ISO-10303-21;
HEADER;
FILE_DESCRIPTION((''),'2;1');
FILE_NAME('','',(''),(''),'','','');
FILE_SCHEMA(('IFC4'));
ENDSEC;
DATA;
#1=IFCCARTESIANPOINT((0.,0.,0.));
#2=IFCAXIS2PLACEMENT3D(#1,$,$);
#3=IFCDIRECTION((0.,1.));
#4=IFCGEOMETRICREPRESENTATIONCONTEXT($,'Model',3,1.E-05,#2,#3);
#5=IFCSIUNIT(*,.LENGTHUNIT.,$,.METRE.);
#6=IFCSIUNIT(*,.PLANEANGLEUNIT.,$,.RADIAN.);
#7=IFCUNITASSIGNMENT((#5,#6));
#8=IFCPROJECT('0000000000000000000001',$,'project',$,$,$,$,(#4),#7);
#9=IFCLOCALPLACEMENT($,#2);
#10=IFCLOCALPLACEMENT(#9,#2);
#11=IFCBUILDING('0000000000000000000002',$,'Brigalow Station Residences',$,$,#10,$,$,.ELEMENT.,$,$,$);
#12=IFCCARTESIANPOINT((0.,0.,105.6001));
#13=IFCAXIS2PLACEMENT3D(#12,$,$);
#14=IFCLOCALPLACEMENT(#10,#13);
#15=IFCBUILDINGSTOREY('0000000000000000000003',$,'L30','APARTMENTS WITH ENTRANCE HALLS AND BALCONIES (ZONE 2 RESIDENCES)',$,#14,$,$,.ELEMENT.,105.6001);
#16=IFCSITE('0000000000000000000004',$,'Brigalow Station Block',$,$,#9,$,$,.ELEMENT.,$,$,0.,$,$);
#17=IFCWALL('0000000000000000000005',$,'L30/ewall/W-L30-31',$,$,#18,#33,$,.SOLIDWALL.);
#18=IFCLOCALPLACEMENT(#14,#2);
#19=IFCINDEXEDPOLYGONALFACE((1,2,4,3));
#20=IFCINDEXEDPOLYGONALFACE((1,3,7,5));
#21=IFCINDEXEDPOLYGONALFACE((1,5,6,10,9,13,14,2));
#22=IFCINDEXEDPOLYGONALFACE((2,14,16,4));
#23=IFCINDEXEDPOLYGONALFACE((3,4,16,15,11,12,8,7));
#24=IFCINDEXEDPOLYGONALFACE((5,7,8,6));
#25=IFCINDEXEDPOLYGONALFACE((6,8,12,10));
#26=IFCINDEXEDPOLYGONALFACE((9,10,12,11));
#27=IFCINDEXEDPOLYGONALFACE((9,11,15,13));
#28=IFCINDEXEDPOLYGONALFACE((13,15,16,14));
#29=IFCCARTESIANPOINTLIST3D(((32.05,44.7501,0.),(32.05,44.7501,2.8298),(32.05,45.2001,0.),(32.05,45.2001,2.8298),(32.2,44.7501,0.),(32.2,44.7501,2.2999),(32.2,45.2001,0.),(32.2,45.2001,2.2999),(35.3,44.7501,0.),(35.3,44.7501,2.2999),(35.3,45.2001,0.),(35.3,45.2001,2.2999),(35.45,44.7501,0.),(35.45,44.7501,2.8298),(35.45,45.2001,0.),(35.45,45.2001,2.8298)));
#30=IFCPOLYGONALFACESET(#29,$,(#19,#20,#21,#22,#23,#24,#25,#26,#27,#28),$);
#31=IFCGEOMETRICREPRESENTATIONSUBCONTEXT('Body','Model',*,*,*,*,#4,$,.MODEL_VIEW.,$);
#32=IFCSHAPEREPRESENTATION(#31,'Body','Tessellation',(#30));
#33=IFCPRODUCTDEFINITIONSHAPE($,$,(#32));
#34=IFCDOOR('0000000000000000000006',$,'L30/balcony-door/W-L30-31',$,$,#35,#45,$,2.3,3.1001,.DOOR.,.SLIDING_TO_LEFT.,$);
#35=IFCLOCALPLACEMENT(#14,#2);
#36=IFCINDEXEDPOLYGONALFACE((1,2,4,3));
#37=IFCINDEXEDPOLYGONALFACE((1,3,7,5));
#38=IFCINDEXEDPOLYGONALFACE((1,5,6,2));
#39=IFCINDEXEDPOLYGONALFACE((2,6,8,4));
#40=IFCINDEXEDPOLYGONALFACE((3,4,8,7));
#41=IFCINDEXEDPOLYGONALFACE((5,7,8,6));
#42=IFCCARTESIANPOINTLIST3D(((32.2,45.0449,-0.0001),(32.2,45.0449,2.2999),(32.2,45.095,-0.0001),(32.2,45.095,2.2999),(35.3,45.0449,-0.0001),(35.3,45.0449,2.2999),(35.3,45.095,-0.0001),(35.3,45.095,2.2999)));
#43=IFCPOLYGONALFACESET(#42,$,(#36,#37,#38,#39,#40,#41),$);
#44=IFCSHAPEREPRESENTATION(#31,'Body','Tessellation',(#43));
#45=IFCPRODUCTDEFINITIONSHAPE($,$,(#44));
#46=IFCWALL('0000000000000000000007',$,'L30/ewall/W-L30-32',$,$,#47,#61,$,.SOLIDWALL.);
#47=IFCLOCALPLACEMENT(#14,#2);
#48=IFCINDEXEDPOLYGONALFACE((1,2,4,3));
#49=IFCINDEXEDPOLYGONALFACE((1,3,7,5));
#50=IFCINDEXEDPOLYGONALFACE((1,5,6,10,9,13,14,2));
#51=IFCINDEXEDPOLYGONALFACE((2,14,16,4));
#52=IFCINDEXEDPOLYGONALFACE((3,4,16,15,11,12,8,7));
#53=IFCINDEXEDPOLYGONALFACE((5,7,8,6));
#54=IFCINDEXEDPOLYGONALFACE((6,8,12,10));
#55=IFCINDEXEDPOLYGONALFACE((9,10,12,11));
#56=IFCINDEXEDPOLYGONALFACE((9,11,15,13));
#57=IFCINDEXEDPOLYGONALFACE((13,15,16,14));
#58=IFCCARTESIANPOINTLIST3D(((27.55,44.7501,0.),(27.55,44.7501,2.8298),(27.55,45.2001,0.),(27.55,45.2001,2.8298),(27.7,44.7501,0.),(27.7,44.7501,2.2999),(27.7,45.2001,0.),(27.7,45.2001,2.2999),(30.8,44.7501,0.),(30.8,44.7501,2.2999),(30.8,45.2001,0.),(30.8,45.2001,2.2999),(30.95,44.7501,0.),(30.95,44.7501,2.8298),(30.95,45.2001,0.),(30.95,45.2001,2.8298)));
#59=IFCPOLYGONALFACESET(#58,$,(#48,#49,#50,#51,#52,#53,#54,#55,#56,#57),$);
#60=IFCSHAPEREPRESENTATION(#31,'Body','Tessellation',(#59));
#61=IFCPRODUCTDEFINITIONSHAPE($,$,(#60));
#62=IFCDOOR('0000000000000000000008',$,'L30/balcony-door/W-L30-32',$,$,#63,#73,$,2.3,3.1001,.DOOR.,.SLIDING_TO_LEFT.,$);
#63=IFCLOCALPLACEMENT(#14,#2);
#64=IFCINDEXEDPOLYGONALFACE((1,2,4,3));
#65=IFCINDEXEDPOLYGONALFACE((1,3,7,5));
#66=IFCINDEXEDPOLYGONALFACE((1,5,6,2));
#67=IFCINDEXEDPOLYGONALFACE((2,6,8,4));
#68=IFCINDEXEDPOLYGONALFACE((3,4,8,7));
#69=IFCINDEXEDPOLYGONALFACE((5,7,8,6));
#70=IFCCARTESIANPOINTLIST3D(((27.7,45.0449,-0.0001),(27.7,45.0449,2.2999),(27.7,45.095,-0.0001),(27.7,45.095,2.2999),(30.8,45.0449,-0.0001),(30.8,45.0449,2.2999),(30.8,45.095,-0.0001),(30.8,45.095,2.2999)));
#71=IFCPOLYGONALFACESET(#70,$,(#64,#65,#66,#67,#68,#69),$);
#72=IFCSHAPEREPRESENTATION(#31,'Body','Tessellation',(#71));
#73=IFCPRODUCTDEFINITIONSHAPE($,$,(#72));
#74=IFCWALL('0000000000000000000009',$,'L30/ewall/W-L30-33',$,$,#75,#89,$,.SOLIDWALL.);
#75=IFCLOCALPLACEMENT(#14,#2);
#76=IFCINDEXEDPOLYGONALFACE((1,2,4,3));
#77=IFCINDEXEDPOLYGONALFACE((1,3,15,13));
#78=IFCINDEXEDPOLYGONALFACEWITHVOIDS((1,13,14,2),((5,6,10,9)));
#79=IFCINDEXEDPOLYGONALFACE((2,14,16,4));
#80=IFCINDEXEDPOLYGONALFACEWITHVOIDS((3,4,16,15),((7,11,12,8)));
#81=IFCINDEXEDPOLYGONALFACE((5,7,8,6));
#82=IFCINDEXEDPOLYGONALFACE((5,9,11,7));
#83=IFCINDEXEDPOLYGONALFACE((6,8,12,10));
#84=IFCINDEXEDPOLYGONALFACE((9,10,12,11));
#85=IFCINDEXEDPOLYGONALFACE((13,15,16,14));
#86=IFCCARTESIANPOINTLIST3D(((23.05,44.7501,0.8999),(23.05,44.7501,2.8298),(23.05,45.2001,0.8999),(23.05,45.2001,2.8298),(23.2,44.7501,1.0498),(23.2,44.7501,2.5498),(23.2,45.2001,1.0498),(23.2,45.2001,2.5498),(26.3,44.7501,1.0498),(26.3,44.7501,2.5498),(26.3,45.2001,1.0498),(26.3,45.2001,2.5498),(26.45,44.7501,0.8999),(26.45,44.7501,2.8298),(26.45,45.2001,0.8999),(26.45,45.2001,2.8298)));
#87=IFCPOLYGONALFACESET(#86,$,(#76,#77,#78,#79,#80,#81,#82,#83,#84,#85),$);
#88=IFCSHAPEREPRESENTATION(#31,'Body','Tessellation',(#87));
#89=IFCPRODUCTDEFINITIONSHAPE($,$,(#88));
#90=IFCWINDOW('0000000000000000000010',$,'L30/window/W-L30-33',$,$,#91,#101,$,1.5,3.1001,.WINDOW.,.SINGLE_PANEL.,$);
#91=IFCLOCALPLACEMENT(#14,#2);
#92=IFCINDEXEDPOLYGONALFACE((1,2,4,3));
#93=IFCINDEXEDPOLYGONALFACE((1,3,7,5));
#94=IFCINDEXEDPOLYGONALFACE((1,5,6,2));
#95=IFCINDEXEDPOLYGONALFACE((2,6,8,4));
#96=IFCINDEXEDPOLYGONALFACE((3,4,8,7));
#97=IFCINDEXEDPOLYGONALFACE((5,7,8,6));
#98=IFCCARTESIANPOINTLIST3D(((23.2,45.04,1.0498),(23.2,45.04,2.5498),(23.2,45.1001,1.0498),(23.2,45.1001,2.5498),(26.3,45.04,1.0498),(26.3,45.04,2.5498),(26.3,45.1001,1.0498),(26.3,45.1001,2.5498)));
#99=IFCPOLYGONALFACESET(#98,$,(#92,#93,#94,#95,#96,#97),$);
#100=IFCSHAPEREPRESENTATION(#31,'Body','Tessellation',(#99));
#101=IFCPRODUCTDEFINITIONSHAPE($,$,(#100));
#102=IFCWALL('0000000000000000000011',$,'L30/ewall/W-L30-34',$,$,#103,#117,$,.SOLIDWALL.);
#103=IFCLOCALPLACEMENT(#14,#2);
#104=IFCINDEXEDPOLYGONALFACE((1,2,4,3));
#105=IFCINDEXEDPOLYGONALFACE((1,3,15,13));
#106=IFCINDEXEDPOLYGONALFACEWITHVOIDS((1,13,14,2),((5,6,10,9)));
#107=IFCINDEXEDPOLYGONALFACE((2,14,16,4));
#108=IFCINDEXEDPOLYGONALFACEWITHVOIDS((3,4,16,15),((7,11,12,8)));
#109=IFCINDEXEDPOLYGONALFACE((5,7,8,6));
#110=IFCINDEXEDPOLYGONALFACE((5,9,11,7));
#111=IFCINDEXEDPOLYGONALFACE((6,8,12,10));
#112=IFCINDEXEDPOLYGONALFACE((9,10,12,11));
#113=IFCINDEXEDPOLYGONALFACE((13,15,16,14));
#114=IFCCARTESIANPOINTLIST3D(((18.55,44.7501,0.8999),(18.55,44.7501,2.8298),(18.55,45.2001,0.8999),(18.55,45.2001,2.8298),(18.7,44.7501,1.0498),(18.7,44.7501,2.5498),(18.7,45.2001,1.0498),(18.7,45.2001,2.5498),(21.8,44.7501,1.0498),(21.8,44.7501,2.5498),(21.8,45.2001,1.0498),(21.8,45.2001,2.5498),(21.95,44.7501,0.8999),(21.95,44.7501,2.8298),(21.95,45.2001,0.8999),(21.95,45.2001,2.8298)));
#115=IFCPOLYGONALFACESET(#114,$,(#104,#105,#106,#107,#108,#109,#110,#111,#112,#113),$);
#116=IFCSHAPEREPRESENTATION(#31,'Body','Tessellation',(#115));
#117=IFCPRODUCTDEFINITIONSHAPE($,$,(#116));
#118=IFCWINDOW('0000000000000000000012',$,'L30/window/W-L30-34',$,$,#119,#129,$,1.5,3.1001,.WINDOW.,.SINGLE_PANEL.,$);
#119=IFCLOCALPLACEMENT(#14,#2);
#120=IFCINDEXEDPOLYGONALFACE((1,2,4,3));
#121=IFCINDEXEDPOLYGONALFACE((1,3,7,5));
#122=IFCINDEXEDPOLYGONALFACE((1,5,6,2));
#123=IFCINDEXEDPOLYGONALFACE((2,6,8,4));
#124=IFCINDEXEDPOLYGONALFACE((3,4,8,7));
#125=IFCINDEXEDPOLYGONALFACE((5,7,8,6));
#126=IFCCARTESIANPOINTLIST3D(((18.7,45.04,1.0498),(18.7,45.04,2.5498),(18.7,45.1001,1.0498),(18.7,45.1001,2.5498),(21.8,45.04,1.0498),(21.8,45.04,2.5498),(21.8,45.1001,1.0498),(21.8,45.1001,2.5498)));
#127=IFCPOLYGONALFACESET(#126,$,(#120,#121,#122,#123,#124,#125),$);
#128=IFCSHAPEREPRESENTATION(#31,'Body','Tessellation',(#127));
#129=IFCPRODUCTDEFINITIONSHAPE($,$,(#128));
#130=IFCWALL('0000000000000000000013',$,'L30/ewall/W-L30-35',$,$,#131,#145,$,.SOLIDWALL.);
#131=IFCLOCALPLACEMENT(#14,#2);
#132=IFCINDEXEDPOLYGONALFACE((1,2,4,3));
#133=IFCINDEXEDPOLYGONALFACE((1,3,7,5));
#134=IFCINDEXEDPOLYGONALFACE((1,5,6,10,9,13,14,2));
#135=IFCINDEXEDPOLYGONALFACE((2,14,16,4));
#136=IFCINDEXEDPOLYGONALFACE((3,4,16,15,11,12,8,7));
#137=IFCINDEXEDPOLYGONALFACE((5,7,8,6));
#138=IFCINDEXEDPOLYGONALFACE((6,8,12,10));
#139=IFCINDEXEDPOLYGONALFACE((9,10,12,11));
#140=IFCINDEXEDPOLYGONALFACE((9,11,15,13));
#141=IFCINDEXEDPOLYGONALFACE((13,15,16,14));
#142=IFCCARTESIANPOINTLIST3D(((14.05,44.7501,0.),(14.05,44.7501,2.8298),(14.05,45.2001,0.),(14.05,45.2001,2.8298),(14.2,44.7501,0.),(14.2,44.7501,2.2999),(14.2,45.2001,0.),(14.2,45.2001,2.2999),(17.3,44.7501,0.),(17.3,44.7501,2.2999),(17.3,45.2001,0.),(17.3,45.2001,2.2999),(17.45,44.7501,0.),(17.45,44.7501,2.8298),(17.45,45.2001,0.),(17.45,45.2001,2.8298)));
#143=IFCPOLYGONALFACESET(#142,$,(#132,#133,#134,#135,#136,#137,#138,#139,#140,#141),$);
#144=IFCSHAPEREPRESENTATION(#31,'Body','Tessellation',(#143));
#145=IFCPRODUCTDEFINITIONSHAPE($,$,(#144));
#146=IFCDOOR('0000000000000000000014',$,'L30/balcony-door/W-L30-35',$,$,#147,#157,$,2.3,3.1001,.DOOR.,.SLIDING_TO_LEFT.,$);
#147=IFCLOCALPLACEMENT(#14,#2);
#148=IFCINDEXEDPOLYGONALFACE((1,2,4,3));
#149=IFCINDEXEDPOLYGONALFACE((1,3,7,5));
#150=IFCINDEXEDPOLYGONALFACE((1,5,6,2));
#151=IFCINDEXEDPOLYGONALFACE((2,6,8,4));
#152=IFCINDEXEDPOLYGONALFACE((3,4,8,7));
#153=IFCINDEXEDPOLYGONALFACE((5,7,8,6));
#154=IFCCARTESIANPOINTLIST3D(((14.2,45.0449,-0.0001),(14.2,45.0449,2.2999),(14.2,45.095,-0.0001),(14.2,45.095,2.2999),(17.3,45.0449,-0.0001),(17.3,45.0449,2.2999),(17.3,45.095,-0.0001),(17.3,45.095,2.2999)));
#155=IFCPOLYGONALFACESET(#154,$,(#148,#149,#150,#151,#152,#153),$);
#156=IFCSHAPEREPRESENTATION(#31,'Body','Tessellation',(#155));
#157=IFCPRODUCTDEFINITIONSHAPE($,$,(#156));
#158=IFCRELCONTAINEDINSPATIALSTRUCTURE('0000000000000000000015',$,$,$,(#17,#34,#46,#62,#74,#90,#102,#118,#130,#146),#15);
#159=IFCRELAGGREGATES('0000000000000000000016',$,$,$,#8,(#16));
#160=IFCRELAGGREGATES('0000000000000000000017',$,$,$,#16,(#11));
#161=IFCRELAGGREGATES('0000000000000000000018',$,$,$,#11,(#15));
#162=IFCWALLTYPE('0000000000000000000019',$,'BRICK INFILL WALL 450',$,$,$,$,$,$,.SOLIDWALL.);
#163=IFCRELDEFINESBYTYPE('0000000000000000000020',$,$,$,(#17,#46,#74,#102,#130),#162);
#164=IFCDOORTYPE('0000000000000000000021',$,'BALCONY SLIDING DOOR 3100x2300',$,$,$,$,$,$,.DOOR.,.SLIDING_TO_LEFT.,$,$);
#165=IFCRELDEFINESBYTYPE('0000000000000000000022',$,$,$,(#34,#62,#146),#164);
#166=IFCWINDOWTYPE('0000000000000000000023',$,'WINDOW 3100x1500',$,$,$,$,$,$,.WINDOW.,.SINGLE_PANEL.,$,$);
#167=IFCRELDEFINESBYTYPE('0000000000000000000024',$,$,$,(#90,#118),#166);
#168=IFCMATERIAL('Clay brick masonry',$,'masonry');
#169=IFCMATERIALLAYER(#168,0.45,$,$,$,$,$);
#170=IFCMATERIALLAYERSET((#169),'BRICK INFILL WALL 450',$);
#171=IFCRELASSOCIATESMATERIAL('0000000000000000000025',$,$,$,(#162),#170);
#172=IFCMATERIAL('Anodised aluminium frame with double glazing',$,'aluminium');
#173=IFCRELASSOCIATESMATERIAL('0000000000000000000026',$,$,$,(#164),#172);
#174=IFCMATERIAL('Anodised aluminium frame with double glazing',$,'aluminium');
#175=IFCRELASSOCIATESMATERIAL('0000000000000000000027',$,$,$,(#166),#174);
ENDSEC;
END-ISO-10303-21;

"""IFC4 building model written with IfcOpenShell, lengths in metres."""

from ifc_helpers import new_model, si_unit, direction, frame, frame_2d, origin, place, context, subcontext, project, spatial, rectangle, extrude, material, layer, layer_set, type_object, element, fill, save


model = new_model("IFC4")

# Units and contexts
model_context = context("Model", 3, precision=1e-05, world=origin(), true_north=direction((0.0, 1.0)))
body_context = subcontext(model_context, "Body", "Model", "MODEL_VIEW")
ifc_project = project(units=[si_unit("LENGTHUNIT", "METRE"), si_unit("PLANEANGLEUNIT", "RADIAN")], contexts=[model_context])

# Site, building, storey
site_placement = place(None, origin())
site = spatial("IfcSite", under=ifc_project, at=site_placement, Name="Brigalow Station Block", CompositionType="ELEMENT", RefElevation=0.0)
building_placement = place(site_placement, origin())
building = spatial("IfcBuilding", under=site, at=building_placement, Name="Brigalow Station Residences", CompositionType="ELEMENT")
storey_placement = place(building_placement, frame((0.0, 0.0, 105.6001)))
storey = spatial("IfcBuildingStorey", under=building, at=storey_placement, Name="L30", Description="APARTMENTS WITH ENTRANCE HALLS AND BALCONIES (ZONE 2 RESIDENCES)", CompositionType="ELEMENT", Elevation=105.6001)

# Walls, openings, doors
ifc_material_1 = material(Name="Clay brick masonry", Category="masonry")
ifc_layer_1 = layer(ifc_material_1, 0.45)
ifc_layer_set_1 = layer_set([ifc_layer_1], Name="BRICK INFILL WALL 450")
wall_type_1 = type_object("IfcWallType", Name="BRICK INFILL WALL 450", PredefinedType="SOLIDWALL", material=ifc_layer_set_1)
wall_1_placement = place(storey_placement, frame((35.45, 44.9751, 0.0), z_axis=(0.0, 0.0, 1.0), x_axis=(-1.0, 0.0, 0.0)))
wall_1 = element("IfcWall", 1, at=wall_1_placement, inside=storey, type_object=wall_type_1, Name="L30/ewall/W-L30-31", PredefinedType="SOLIDWALL", context=body_context, shape_type="SweptSolid", body=[
    extrude(rectangle(XDim=3.3999, YDim=0.45, at=frame_2d((1.7, 0.0))), origin(), (0.0, 0.0, 1.0), 2.8298),
])
opening_1_placement = place(wall_1_placement, frame((0.1499, 0.0, 0.0)))
opening_1 = element("IfcOpeningElement", 2, at=opening_1_placement, cuts=wall_1, PredefinedType="OPENING", context=body_context, shape_type="SweptSolid", body=[
    extrude(rectangle(XDim=3.1001, YDim=2.3, at=frame_2d((1.55, 1.1499))), frame((0.0, 0.2349, 0.0), z_axis=(0.0, -1.0, 0.0), x_axis=(1.0, 0.0, 0.0)), (0.0, 0.0, 1.0), 0.47),
])
ifc_material_2 = material(Name="Anodised aluminium frame with double glazing", Category="aluminium")
door_type_1 = type_object("IfcDoorType", Name="BALCONY SLIDING DOOR 3100x2300", OperationType="SLIDING_TO_LEFT", PredefinedType="DOOR", material=ifc_material_2)
door_1_placement = place(opening_1_placement, origin())
door_1 = element("IfcDoor", 3, at=door_1_placement, inside=storey, type_object=door_type_1, Name="L30/balcony-door/W-L30-31", OperationType="SLIDING_TO_LEFT", OverallHeight=2.3, OverallWidth=3.1001, PredefinedType="DOOR", context=body_context, shape_type="SweptSolid", body=[
    extrude(rectangle(XDim=3.1001, YDim=2.3, at=frame_2d((1.55, 1.1499))), frame((0.0, -0.0698, 0.0), z_axis=(0.0, -1.0, 0.0), x_axis=(1.0, 0.0, 0.0)), (0.0, 0.0, 1.0), 0.05),
])
fill(opening_1, door_1)
wall_2_placement = place(storey_placement, frame((30.95, 44.9751, 0.0), z_axis=(0.0, 0.0, 1.0), x_axis=(-1.0, 0.0, 0.0)))
wall_2 = element("IfcWall", 4, at=wall_2_placement, inside=storey, type_object=wall_type_1, Name="L30/ewall/W-L30-32", PredefinedType="SOLIDWALL", context=body_context, shape_type="SweptSolid", body=[
    extrude(rectangle(XDim=3.3999, YDim=0.45, at=frame_2d((1.7, 0.0))), origin(), (0.0, 0.0, 1.0), 2.8298),
])
opening_2_placement = place(wall_2_placement, frame((0.1499, 0.0, 0.0)))
opening_2 = element("IfcOpeningElement", 5, at=opening_2_placement, cuts=wall_2, PredefinedType="OPENING", context=body_context, shape_type="SweptSolid", body=[
    extrude(rectangle(XDim=3.1001, YDim=2.3, at=frame_2d((1.55, 1.1499))), frame((0.0, 0.2349, 0.0), z_axis=(0.0, -1.0, 0.0), x_axis=(1.0, 0.0, 0.0)), (0.0, 0.0, 1.0), 0.47),
])
door_2_placement = place(opening_2_placement, origin())
door_2 = element("IfcDoor", 6, at=door_2_placement, inside=storey, type_object=door_type_1, Name="L30/balcony-door/W-L30-32", OperationType="SLIDING_TO_LEFT", OverallHeight=2.3, OverallWidth=3.1001, PredefinedType="DOOR", context=body_context, shape_type="SweptSolid", body=[
    extrude(rectangle(XDim=3.1001, YDim=2.3, at=frame_2d((1.55, 1.1499))), frame((0.0, -0.0698, 0.0), z_axis=(0.0, -1.0, 0.0), x_axis=(1.0, 0.0, 0.0)), (0.0, 0.0, 1.0), 0.05),
])
fill(opening_2, door_2)

# Walls, openings, windows
wall_3_placement = place(storey_placement, frame((26.45, 44.9751, 0.8999), z_axis=(0.0, 0.0, 1.0), x_axis=(-1.0, 0.0, 0.0)))
wall_3 = element("IfcWall", 7, at=wall_3_placement, inside=storey, type_object=wall_type_1, Name="L30/ewall/W-L30-33", PredefinedType="SOLIDWALL", context=body_context, shape_type="SweptSolid", body=[
    extrude(rectangle(XDim=3.3999, YDim=0.45, at=frame_2d((1.7, 0.0))), origin(), (0.0, 0.0, 1.0), 1.9299),
])
opening_3_placement = place(wall_3_placement, frame((0.1499, 0.0, 0.1499)))
opening_3 = element("IfcOpeningElement", 8, at=opening_3_placement, cuts=wall_3, PredefinedType="OPENING", context=body_context, shape_type="SweptSolid", body=[
    extrude(rectangle(XDim=3.1001, YDim=1.5, at=frame_2d((1.55, 0.75))), frame((0.0, 0.2349, 0.0), z_axis=(0.0, -1.0, 0.0), x_axis=(1.0, 0.0, 0.0)), (0.0, 0.0, 1.0), 0.47),
])
ifc_material_3 = material(Name="Anodised aluminium frame with double glazing", Category="aluminium")
window_type = type_object("IfcWindowType", Name="WINDOW 3100x1500", PartitioningType="SINGLE_PANEL", PredefinedType="WINDOW", material=ifc_material_3)
window_1_placement = place(opening_3_placement, origin())
window_1 = element("IfcWindow", 9, at=window_1_placement, inside=storey, type_object=window_type, Name="L30/window/W-L30-33", OverallHeight=1.5, OverallWidth=3.1001, PartitioningType="SINGLE_PANEL", PredefinedType="WINDOW", context=body_context, shape_type="SweptSolid", body=[
    extrude(rectangle(XDim=3.1001, YDim=1.5, at=frame_2d((1.55, 0.75))), frame((0.0, -0.0649, 0.0), z_axis=(0.0, -1.0, 0.0), x_axis=(1.0, 0.0, 0.0)), (0.0, 0.0, 1.0), 0.0601),
])
fill(opening_3, window_1)
wall_4_placement = place(storey_placement, frame((21.95, 44.9751, 0.8999), z_axis=(0.0, 0.0, 1.0), x_axis=(-1.0, 0.0, 0.0)))
wall_4 = element("IfcWall", 10, at=wall_4_placement, inside=storey, type_object=wall_type_1, Name="L30/ewall/W-L30-34", PredefinedType="SOLIDWALL", context=body_context, shape_type="SweptSolid", body=[
    extrude(rectangle(XDim=3.3999, YDim=0.45, at=frame_2d((1.7, 0.0))), origin(), (0.0, 0.0, 1.0), 1.9299),
])
opening_4_placement = place(wall_4_placement, frame((0.1499, 0.0, 0.1499)))
opening_4 = element("IfcOpeningElement", 11, at=opening_4_placement, cuts=wall_4, PredefinedType="OPENING", context=body_context, shape_type="SweptSolid", body=[
    extrude(rectangle(XDim=3.1001, YDim=1.5, at=frame_2d((1.55, 0.75))), frame((0.0, 0.2349, 0.0), z_axis=(0.0, -1.0, 0.0), x_axis=(1.0, 0.0, 0.0)), (0.0, 0.0, 1.0), 0.47),
])
window_2_placement = place(opening_4_placement, origin())
window_2 = element("IfcWindow", 12, at=window_2_placement, inside=storey, type_object=window_type, Name="L30/window/W-L30-34", OverallHeight=1.5, OverallWidth=3.1001, PartitioningType="SINGLE_PANEL", PredefinedType="WINDOW", context=body_context, shape_type="SweptSolid", body=[
    extrude(rectangle(XDim=3.1001, YDim=1.5, at=frame_2d((1.55, 0.75))), frame((0.0, -0.0649, 0.0), z_axis=(0.0, -1.0, 0.0), x_axis=(1.0, 0.0, 0.0)), (0.0, 0.0, 1.0), 0.0601),
])
fill(opening_4, window_2)

# Wall, opening, door
wall_5_placement = place(storey_placement, frame((17.45, 44.9751, 0.0), z_axis=(0.0, 0.0, 1.0), x_axis=(-1.0, 0.0, 0.0)))
wall_5 = element("IfcWall", 13, at=wall_5_placement, inside=storey, type_object=wall_type_1, Name="L30/ewall/W-L30-35", PredefinedType="SOLIDWALL", context=body_context, shape_type="SweptSolid", body=[
    extrude(rectangle(XDim=3.3999, YDim=0.45, at=frame_2d((1.7, 0.0))), origin(), (0.0, 0.0, 1.0), 2.8298),
])
opening_5_placement = place(wall_5_placement, frame((0.1499, 0.0, 0.0)))
opening_5 = element("IfcOpeningElement", 14, at=opening_5_placement, cuts=wall_5, PredefinedType="OPENING", context=body_context, shape_type="SweptSolid", body=[
    extrude(rectangle(XDim=3.1001, YDim=2.3, at=frame_2d((1.55, 1.1499))), frame((0.0, 0.2349, 0.0), z_axis=(0.0, -1.0, 0.0), x_axis=(1.0, 0.0, 0.0)), (0.0, 0.0, 1.0), 0.47),
])
door_3_placement = place(opening_5_placement, origin())
door_3 = element("IfcDoor", 15, at=door_3_placement, inside=storey, type_object=door_type_1, Name="L30/balcony-door/W-L30-35", OperationType="SLIDING_TO_LEFT", OverallHeight=2.3, OverallWidth=3.1001, PredefinedType="DOOR", context=body_context, shape_type="SweptSolid", body=[
    extrude(rectangle(XDim=3.1001, YDim=2.3, at=frame_2d((1.55, 1.1499))), frame((0.0, -0.0698, 0.0), z_axis=(0.0, -1.0, 0.0), x_axis=(1.0, 0.0, 0.0)), (0.0, 0.0, 1.0), 0.05),
])
fill(opening_5, door_3)

save(model, "model.ifc")
